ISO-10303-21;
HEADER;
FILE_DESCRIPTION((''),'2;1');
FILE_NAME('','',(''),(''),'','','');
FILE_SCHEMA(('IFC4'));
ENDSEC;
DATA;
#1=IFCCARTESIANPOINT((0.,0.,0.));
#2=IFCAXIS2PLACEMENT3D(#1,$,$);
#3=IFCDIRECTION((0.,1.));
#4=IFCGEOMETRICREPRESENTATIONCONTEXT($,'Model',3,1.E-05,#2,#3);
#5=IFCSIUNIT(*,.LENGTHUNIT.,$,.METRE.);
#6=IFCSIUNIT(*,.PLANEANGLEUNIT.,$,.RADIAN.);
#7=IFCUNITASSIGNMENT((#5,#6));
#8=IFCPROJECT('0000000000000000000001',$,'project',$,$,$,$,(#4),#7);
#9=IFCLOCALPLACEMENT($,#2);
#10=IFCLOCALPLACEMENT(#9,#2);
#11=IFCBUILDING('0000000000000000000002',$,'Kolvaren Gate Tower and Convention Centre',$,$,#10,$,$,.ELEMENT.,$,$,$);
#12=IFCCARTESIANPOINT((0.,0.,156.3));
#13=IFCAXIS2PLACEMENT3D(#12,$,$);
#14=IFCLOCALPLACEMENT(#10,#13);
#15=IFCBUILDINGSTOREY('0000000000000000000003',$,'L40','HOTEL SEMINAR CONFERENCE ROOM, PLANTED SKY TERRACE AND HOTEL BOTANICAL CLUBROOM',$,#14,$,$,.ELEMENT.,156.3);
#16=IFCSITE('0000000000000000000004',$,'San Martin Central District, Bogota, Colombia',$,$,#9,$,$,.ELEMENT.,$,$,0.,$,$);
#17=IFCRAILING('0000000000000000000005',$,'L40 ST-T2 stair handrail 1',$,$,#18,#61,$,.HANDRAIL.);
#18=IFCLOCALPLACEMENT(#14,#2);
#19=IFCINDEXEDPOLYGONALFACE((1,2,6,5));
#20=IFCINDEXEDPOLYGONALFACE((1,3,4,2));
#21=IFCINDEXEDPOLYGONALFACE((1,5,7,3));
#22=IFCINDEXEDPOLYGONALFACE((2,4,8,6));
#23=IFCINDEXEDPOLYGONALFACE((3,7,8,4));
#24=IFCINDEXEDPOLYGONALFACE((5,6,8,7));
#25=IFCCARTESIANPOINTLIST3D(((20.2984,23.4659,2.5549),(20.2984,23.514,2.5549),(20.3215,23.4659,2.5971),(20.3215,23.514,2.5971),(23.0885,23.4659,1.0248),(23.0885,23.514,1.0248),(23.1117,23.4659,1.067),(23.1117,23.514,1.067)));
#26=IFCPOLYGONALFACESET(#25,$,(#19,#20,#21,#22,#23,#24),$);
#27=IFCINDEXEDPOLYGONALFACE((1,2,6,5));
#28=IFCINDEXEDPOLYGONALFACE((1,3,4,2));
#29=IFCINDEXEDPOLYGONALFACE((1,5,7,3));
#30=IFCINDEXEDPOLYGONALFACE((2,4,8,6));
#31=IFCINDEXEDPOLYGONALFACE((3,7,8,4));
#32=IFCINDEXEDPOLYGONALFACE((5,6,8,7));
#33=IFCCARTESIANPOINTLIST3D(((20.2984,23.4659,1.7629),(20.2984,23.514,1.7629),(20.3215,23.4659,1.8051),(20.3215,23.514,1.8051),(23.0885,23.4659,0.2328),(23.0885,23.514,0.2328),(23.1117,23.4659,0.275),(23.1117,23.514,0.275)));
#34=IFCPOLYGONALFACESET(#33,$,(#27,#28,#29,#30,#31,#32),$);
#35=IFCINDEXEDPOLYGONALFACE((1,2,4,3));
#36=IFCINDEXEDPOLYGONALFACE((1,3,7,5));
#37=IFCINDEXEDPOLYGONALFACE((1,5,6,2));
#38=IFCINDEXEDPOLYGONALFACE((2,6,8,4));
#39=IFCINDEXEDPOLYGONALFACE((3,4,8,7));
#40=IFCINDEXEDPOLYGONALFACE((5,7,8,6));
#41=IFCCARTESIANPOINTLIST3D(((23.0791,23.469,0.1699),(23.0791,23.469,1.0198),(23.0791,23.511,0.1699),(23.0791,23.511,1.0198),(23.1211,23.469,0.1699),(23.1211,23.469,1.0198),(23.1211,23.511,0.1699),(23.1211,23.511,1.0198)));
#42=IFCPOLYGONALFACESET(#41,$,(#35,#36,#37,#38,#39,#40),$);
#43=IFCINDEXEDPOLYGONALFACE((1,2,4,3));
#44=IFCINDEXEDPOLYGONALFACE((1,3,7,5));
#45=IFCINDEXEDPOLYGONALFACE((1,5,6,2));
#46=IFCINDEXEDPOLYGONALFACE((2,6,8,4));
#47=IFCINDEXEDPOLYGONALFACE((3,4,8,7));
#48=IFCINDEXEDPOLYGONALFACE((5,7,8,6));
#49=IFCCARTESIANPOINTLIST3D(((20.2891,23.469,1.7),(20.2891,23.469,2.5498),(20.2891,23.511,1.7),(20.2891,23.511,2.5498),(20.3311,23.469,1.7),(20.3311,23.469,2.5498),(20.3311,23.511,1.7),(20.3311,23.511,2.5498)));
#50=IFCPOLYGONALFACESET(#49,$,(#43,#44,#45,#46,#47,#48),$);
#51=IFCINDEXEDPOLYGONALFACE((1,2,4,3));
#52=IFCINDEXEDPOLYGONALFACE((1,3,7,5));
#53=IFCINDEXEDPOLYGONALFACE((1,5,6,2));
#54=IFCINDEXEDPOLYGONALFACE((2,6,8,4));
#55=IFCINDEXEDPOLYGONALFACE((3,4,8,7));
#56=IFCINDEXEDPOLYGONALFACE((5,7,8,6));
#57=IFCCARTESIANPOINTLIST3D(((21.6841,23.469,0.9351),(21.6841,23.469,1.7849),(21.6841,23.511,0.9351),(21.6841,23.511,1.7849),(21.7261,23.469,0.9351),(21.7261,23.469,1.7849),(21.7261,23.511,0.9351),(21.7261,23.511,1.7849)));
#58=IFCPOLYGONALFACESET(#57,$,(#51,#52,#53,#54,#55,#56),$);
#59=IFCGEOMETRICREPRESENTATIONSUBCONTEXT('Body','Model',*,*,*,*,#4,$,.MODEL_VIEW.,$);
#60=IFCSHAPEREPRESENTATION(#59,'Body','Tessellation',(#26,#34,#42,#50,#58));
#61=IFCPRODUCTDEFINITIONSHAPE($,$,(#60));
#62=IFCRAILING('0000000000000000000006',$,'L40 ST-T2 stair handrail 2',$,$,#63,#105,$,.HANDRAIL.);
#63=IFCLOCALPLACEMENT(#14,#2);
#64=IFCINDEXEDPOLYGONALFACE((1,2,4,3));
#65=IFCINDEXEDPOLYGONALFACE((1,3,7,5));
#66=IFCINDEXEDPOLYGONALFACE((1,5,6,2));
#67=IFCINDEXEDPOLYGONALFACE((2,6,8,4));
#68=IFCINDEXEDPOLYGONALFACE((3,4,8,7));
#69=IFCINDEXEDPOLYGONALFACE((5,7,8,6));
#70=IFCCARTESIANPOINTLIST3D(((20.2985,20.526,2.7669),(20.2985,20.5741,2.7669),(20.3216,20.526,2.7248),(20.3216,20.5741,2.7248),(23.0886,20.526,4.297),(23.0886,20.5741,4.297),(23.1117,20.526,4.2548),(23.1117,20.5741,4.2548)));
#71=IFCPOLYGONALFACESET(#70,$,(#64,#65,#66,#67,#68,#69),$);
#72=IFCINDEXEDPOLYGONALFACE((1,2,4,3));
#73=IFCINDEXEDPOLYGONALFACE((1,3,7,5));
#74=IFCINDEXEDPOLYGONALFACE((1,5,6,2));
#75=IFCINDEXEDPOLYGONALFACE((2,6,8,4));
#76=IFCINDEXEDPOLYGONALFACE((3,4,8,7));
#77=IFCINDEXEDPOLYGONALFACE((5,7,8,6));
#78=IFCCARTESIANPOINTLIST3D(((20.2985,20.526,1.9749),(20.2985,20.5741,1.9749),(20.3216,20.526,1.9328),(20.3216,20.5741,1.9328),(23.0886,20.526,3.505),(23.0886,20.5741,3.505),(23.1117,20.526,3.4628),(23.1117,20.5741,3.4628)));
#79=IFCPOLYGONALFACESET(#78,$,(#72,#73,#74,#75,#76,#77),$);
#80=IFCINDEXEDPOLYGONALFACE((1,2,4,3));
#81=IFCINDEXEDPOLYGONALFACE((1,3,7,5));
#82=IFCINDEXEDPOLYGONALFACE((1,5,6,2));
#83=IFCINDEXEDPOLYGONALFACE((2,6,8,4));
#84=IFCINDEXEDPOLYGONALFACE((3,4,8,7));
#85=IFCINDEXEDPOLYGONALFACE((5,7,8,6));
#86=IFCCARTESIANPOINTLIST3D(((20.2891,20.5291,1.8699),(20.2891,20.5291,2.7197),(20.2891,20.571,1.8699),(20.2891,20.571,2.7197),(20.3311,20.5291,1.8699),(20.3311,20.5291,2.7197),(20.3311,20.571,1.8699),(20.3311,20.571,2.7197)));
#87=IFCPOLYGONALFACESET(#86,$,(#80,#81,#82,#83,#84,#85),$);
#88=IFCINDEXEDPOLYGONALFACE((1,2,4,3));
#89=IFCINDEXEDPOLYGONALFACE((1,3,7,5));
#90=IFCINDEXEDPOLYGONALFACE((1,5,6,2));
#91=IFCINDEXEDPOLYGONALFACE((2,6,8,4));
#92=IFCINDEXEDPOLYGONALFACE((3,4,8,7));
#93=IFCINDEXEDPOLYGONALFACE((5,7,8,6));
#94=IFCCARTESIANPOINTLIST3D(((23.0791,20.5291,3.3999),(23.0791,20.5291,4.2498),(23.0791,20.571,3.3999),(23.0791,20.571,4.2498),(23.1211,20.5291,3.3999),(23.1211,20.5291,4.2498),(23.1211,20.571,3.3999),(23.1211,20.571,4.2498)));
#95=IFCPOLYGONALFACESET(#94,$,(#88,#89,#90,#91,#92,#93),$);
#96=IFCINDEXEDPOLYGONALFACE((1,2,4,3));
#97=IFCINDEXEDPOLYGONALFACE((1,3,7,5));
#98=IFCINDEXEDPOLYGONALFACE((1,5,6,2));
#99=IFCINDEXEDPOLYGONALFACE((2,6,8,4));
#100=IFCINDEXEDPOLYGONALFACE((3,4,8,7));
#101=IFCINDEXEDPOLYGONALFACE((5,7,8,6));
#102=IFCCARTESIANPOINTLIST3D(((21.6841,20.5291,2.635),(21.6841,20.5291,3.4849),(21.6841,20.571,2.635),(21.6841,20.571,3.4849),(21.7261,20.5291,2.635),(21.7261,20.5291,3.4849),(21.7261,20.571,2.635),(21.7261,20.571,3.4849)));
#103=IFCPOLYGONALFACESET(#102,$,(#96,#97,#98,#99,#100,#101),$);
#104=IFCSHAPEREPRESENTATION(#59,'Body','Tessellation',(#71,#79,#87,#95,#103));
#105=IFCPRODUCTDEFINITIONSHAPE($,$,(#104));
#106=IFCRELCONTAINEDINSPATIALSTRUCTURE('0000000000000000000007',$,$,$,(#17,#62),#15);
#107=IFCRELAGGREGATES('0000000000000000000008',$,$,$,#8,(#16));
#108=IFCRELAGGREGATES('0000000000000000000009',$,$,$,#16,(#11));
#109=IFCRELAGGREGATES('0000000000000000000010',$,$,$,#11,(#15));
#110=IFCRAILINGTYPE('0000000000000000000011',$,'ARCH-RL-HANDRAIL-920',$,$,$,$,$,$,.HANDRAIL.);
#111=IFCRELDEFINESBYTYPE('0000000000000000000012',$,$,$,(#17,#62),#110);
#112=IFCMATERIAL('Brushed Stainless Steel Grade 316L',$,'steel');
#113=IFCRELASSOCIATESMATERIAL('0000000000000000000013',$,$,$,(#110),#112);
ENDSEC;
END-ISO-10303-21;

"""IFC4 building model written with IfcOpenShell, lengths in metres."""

from ifc_helpers import new_model, si_unit, direction, frame, origin, origin_2d, place, context, subcontext, project, spatial, rectangle, extrude, material, type_object, element, save


model = new_model("IFC4")

# Units and contexts
model_context = context("Model", 3, precision=1e-05, world=origin(), true_north=direction((0.0, 1.0)))
body_context = subcontext(model_context, "Body", "Model", "MODEL_VIEW")
ifc_project = project(units=[si_unit("LENGTHUNIT", "METRE"), si_unit("PLANEANGLEUNIT", "RADIAN")], contexts=[model_context])

# Site, building, storey
site_placement = place(None, origin())
site = spatial("IfcSite", under=ifc_project, at=site_placement, Name="San Martin Central District, Bogota, Colombia", CompositionType="ELEMENT", RefElevation=0.0)
building_placement = place(site_placement, origin())
building = spatial("IfcBuilding", under=site, at=building_placement, Name="Kolvaren Gate Tower and Convention Centre", CompositionType="ELEMENT")
storey_placement = place(building_placement, frame((0.0, 0.0, 156.3)))
storey = spatial("IfcBuildingStorey", under=building, at=storey_placement, Name="L40", Description="HOTEL SEMINAR CONFERENCE ROOM, PLANTED SKY TERRACE AND HOTEL BOTANICAL CLUBROOM", CompositionType="ELEMENT", Elevation=156.3)

# Shared definitions
ifc_material_1 = material(Name="Brushed Stainless Steel Grade 316L", Category="steel")

# Railings
railing_type_1 = type_object("IfcRailingType", Name="ARCH-RL-HANDRAIL-920", PredefinedType="HANDRAIL", material=ifc_material_1)
railing_1_placement = place(storey_placement, frame((23.1001, 23.49, 0.1699)))
element("IfcRailing", 1, at=railing_1_placement, inside=storey, type_object=railing_type_1, Name="L40 ST-T2 stair handrail 1", PredefinedType="HANDRAIL", context=body_context, shape_type="SweptSolid", body=[
    extrude(rectangle(XDim=0.0481, YDim=0.0481, at=origin_2d()), frame((0.0, 0.0, 0.876), z_axis=(-0.876811, 0.0, 0.480835), x_axis=(0.0, -1.0, 0.0)), (0.0, 0.0, 1.0), 3.1821),
    extrude(rectangle(XDim=0.0481, YDim=0.0481, at=origin_2d()), frame((0.0, 0.0, 0.084), z_axis=(-0.876811, 0.0, 0.480835), x_axis=(0.0, -1.0, 0.0)), (0.0, 0.0, 1.0), 3.1821),
    extrude(rectangle(XDim=0.042, YDim=0.042, at=origin_2d()), origin(), (0.0, 0.0, 1.0), 0.8499),
    extrude(rectangle(XDim=0.042, YDim=0.042, at=origin_2d()), frame((-2.79, 0.0, 1.53)), (0.0, 0.0, 1.0), 0.8499),
    extrude(rectangle(XDim=0.042, YDim=0.042, at=origin_2d()), frame((-1.395, 0.0, 0.7651)), (0.0, 0.0, 1.0), 0.8499),
])
railing_2_placement = place(storey_placement, frame((20.3101, 20.55, 1.8699)))
element("IfcRailing", 2, at=railing_2_placement, inside=storey, type_object=railing_type_1, Name="L40 ST-T2 stair handrail 2", PredefinedType="HANDRAIL", context=body_context, shape_type="SweptSolid", body=[
    extrude(rectangle(XDim=0.0481, YDim=0.0481, at=origin_2d()), frame((0.0, 0.0, 0.876), z_axis=(0.876811, 0.0, 0.480835), x_axis=(0.0, 1.0, 0.0)), (0.0, 0.0, 1.0), 3.1821),
    extrude(rectangle(XDim=0.0481, YDim=0.0481, at=origin_2d()), frame((0.0, 0.0, 0.084), z_axis=(0.876811, 0.0, 0.480835), x_axis=(0.0, 1.0, 0.0)), (0.0, 0.0, 1.0), 3.1821),
    extrude(rectangle(XDim=0.042, YDim=0.042, at=origin_2d()), origin(), (0.0, 0.0, 1.0), 0.8499),
    extrude(rectangle(XDim=0.042, YDim=0.042, at=origin_2d()), frame((2.79, 0.0, 1.53)), (0.0, 0.0, 1.0), 0.8499),
    extrude(rectangle(XDim=0.042, YDim=0.042, at=origin_2d()), frame((1.395, 0.0, 0.7651)), (0.0, 0.0, 1.0), 0.8499),
])

save(model, "model.ifc")
